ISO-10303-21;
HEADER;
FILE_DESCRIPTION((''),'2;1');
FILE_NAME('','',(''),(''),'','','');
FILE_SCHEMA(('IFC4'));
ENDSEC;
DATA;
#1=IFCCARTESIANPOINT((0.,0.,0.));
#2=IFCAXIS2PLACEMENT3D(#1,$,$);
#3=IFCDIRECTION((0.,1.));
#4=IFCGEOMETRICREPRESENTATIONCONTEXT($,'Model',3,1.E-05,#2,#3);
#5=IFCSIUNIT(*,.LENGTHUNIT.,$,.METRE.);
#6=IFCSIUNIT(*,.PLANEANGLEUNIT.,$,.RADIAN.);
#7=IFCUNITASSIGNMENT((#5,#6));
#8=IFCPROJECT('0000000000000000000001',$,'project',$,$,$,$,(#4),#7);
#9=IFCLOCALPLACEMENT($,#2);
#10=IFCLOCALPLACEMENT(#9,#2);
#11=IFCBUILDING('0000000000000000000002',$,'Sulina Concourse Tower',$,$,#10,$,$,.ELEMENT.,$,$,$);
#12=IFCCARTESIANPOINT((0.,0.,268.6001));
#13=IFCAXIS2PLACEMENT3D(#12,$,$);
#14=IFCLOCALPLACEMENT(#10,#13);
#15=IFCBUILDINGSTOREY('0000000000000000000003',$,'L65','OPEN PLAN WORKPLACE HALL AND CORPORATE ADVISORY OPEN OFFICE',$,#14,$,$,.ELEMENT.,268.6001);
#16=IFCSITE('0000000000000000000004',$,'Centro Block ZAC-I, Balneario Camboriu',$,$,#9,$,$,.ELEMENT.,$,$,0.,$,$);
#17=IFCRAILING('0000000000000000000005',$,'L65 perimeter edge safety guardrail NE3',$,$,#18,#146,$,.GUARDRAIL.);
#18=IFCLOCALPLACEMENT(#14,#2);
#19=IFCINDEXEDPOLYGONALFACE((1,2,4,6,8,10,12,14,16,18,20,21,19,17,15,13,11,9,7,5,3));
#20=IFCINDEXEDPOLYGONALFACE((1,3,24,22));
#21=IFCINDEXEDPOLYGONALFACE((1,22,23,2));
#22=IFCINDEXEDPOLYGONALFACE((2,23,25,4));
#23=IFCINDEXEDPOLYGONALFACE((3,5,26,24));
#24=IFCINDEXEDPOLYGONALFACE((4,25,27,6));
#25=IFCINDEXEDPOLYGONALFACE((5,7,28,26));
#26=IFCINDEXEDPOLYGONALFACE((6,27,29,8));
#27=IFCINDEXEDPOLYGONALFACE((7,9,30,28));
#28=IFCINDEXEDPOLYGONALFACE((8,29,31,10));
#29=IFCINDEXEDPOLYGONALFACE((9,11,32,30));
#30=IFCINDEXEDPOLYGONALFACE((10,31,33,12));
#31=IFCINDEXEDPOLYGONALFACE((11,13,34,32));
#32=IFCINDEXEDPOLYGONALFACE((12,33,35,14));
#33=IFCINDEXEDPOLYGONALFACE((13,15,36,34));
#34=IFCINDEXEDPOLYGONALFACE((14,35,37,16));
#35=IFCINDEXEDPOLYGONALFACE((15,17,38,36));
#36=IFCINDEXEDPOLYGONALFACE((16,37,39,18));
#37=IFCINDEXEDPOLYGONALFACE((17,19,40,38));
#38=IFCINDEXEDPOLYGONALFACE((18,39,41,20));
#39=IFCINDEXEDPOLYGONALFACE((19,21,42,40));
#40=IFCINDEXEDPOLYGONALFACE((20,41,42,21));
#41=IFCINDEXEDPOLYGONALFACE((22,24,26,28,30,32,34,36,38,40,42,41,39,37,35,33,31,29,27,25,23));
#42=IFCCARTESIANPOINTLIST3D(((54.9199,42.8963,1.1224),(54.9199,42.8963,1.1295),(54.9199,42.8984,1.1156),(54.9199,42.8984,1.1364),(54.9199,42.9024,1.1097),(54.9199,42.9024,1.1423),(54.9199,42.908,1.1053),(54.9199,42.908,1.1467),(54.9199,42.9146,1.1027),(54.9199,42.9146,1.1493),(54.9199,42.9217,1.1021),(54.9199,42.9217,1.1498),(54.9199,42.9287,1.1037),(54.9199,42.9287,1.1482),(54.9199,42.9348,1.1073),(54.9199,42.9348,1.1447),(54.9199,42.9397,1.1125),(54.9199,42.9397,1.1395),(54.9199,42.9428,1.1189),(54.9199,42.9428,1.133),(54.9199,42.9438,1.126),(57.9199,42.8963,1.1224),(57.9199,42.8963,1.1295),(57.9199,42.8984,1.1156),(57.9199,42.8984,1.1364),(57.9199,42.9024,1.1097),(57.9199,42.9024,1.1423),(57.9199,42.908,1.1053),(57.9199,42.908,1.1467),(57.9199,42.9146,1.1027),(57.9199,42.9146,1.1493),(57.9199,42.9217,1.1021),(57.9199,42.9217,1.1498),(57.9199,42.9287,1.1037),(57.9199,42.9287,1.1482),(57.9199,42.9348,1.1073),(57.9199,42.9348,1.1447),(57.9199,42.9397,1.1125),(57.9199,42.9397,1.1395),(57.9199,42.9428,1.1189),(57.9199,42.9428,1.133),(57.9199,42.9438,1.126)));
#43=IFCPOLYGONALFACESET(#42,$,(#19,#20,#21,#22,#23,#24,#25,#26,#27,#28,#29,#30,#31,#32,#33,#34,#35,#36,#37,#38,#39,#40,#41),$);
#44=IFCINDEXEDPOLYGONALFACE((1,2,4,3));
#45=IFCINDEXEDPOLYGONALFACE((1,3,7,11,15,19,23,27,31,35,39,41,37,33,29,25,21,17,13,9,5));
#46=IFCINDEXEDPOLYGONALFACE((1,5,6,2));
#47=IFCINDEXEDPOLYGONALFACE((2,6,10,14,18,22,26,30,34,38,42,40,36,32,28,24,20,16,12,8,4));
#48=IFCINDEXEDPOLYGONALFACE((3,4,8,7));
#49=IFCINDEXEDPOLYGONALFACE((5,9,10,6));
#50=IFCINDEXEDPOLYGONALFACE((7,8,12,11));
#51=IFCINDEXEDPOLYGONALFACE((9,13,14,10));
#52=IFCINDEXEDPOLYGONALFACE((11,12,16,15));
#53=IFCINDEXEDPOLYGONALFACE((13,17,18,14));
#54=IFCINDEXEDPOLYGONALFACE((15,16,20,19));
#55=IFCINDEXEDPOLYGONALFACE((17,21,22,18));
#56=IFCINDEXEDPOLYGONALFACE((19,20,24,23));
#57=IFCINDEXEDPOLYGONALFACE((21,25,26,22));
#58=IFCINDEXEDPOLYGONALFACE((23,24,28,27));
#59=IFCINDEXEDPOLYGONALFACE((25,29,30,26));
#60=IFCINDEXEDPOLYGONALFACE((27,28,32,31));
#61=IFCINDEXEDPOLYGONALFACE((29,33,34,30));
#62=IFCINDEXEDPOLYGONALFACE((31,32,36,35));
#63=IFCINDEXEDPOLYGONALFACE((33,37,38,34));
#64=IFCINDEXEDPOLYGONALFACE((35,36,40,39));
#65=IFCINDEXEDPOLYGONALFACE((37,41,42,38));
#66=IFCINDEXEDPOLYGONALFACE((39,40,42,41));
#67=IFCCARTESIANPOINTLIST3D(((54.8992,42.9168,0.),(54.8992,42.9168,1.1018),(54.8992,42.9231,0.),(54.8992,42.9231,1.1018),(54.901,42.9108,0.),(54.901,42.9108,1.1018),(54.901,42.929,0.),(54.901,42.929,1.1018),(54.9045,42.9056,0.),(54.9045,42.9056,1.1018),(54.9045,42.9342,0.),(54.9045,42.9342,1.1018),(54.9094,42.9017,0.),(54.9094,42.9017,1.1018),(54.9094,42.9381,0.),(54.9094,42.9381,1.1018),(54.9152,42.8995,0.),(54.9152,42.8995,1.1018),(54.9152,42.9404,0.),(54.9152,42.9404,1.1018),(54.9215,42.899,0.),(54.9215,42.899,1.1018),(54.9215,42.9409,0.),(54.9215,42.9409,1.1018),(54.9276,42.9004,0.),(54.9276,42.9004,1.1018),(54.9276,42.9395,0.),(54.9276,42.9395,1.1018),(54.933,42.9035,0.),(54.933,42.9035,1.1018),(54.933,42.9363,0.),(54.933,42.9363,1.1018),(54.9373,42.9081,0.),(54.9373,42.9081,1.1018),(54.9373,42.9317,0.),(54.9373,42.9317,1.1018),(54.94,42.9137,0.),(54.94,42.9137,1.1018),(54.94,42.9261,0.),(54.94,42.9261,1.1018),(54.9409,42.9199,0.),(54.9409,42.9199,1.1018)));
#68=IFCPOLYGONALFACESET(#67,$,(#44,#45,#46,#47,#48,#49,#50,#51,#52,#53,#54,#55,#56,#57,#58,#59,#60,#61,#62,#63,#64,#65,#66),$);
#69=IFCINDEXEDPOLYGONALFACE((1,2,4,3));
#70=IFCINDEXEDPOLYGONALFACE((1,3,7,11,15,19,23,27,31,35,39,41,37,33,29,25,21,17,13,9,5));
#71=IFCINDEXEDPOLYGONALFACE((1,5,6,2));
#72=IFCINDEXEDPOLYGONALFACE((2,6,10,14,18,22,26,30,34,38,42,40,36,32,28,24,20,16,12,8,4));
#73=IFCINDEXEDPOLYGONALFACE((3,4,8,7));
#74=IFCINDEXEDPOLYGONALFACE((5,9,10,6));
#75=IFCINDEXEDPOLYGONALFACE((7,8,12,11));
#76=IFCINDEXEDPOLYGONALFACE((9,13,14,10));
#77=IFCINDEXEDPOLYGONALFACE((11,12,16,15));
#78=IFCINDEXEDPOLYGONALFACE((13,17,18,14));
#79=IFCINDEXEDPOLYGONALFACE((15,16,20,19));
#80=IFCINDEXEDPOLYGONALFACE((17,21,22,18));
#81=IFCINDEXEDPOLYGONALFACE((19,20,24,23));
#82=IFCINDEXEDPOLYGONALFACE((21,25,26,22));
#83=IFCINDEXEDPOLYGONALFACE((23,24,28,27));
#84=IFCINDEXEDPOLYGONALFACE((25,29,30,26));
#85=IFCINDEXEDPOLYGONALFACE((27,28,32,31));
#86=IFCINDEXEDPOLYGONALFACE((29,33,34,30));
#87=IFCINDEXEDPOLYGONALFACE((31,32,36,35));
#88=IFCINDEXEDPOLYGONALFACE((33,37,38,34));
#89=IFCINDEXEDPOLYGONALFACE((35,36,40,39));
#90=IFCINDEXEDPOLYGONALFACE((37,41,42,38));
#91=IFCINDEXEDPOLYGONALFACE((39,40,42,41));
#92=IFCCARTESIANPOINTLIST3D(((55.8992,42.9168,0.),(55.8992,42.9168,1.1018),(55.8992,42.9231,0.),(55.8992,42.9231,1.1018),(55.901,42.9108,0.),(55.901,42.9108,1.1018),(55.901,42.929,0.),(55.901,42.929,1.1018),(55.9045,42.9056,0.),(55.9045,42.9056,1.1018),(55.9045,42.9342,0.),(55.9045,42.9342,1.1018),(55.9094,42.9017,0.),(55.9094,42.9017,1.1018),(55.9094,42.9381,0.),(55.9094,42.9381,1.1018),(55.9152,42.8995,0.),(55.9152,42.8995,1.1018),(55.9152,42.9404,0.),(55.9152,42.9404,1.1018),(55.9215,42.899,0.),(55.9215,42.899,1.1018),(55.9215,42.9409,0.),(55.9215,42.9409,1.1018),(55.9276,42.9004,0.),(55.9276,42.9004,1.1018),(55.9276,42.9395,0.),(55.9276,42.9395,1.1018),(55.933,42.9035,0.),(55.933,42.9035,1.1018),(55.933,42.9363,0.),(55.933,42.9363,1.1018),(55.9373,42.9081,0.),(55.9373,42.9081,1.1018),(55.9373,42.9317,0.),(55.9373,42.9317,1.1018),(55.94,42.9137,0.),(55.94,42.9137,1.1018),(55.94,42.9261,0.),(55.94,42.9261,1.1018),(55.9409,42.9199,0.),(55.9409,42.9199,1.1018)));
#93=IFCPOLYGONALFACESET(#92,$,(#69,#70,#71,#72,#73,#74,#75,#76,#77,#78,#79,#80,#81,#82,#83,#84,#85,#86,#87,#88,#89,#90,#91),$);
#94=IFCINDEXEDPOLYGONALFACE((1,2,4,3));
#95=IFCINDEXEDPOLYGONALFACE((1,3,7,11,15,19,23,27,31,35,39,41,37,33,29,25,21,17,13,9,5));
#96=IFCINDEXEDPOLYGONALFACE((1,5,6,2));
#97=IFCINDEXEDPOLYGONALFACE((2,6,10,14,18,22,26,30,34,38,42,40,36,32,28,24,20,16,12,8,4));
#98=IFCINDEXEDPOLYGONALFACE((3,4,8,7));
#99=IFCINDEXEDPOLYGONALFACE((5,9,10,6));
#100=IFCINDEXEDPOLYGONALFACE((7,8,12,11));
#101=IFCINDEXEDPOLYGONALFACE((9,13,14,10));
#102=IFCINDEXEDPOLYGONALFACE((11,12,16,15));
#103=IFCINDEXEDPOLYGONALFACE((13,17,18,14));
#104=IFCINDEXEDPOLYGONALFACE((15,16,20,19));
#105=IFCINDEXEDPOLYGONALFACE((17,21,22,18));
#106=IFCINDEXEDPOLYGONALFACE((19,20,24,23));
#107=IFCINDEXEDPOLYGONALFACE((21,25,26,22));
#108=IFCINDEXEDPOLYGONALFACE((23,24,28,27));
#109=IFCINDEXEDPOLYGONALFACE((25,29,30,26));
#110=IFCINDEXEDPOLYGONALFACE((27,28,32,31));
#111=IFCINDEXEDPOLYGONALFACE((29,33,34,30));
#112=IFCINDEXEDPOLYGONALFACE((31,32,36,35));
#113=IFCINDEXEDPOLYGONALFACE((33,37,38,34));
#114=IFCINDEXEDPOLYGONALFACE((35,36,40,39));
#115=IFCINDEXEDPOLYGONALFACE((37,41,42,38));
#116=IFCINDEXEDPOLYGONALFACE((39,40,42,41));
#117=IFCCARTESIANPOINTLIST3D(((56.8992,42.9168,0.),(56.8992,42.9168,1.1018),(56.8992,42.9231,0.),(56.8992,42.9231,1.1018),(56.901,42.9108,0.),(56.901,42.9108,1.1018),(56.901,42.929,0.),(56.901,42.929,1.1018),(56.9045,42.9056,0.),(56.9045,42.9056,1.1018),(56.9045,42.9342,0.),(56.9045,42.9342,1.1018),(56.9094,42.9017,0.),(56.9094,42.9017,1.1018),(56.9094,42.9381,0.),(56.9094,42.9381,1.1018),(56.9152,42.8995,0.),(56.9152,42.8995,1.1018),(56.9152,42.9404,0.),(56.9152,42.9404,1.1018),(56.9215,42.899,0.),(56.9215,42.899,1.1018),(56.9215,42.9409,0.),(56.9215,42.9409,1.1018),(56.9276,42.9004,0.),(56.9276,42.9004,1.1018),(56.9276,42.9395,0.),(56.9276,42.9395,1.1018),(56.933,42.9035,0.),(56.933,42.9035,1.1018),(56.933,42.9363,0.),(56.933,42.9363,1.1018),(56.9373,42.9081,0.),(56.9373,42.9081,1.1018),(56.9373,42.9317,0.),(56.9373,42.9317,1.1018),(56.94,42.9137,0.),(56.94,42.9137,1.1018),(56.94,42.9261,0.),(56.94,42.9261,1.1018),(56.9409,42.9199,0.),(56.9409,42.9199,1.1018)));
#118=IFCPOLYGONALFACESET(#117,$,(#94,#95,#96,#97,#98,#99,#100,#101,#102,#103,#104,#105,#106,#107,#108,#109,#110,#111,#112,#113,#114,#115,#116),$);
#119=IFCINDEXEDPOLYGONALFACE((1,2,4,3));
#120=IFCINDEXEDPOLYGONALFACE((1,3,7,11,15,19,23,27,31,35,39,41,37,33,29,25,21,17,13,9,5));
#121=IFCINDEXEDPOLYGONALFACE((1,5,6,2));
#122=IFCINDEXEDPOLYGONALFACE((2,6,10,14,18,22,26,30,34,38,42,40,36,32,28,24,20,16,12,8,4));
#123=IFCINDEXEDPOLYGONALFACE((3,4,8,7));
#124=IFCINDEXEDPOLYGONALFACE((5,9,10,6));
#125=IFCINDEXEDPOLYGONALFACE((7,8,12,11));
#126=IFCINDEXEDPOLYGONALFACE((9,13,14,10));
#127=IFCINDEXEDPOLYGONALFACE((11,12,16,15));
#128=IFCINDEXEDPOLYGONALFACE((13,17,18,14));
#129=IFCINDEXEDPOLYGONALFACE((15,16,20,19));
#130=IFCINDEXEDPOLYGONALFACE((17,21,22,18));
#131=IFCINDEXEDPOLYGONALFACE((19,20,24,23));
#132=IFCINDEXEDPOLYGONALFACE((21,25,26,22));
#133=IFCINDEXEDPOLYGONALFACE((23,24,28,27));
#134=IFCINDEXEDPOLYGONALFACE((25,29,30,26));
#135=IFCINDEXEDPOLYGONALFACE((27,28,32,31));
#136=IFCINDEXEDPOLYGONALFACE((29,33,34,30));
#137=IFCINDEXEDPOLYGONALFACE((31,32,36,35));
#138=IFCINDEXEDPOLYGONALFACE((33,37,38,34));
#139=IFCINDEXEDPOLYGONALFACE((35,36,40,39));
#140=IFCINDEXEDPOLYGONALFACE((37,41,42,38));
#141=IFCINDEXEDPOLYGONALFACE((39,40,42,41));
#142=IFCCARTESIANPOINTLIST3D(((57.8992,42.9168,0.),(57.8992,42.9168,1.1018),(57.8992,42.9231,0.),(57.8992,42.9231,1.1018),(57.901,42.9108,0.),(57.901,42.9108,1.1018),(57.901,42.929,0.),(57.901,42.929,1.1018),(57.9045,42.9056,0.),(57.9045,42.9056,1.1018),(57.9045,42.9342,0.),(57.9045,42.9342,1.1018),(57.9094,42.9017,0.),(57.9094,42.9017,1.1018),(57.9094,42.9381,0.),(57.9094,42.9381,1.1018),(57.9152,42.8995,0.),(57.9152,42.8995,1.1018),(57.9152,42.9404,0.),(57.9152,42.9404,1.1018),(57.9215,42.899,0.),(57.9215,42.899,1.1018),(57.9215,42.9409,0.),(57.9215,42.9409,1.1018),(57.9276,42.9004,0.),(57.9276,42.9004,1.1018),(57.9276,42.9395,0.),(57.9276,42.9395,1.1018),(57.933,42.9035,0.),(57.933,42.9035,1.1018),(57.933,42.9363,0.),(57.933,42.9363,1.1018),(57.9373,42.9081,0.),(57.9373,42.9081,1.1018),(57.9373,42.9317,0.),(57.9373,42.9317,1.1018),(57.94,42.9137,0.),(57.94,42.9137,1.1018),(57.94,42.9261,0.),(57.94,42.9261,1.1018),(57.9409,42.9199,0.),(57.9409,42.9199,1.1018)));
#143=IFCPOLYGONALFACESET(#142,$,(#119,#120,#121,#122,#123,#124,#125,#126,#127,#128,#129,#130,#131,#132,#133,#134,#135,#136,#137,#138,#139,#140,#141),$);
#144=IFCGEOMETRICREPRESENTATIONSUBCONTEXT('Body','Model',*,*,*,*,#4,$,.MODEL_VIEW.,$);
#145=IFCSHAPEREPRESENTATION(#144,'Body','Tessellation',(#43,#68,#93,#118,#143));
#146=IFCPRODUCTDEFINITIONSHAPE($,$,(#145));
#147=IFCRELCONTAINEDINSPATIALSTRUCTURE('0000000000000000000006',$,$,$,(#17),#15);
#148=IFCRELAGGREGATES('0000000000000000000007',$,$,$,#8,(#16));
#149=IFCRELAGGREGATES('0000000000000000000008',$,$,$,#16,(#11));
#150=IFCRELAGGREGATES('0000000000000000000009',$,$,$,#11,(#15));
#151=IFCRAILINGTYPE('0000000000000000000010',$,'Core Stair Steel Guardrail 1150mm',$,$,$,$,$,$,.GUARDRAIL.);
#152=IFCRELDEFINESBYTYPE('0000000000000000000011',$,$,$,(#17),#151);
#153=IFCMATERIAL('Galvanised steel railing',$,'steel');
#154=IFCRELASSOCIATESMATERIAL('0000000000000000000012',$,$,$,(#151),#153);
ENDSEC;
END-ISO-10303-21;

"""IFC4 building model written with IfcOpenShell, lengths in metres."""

from ifc_helpers import new_model, si_unit, direction, frame, origin, origin_2d, place, context, subcontext, project, spatial, circle, extrude, material, type_object, element, save


model = new_model("IFC4")

# Units and contexts
model_context = context("Model", 3, precision=1e-05, world=origin(), true_north=direction((0.0, 1.0)))
body_context = subcontext(model_context, "Body", "Model", "MODEL_VIEW")
ifc_project = project(units=[si_unit("LENGTHUNIT", "METRE"), si_unit("PLANEANGLEUNIT", "RADIAN")], contexts=[model_context])

# Site, building, storey
site_placement = place(None, origin())
site = spatial("IfcSite", under=ifc_project, at=site_placement, Name="Centro Block ZAC-I, Balneario Camboriu", CompositionType="ELEMENT", RefElevation=0.0)
building_placement = place(site_placement, origin())
building = spatial("IfcBuilding", under=site, at=building_placement, Name="Sulina Concourse Tower", CompositionType="ELEMENT")
storey_placement = place(building_placement, frame((0.0, 0.0, 268.6001)))
storey = spatial("IfcBuildingStorey", under=building, at=storey_placement, Name="L65", Description="OPEN PLAN WORKPLACE HALL AND CORPORATE ADVISORY OPEN OFFICE", CompositionType="ELEMENT", Elevation=268.6001)

# Railing
ifc_material_1 = material(Name="Galvanised steel railing", Category="steel")
railing_type_1 = type_object("IfcRailingType", Name="Core Stair Steel Guardrail 1150mm", PredefinedType="GUARDRAIL", material=ifc_material_1)
railing_1_placement = place(storey_placement, frame((54.9199, 42.9199, 0.0)))
element("IfcRailing", 1, at=railing_1_placement, inside=storey, type_object=railing_type_1, Name="L65 perimeter edge safety guardrail NE3", PredefinedType="GUARDRAIL", context=body_context, shape_type="SweptSolid", body=[
    extrude(circle(Radius=0.0239, at=origin_2d()), frame((0.0, 0.0, 1.126), z_axis=(1.0, 0.0, 0.0), x_axis=(0.0, 1.0, 0.0)), (0.0, 0.0, 1.0), 3.0),
    extrude(circle(Radius=0.021, at=origin_2d()), origin(), (0.0, 0.0, 1.0), 1.1018),
    extrude(circle(Radius=0.021, at=origin_2d()), frame((1.0, 0.0, 0.0)), (0.0, 0.0, 1.0), 1.1018),
    extrude(circle(Radius=0.021, at=origin_2d()), frame((2.0, 0.0, 0.0)), (0.0, 0.0, 1.0), 1.1018),
    extrude(circle(Radius=0.021, at=origin_2d()), frame((3.0, 0.0, 0.0)), (0.0, 0.0, 1.0), 1.1018),
])

save(model, "model.ifc")
